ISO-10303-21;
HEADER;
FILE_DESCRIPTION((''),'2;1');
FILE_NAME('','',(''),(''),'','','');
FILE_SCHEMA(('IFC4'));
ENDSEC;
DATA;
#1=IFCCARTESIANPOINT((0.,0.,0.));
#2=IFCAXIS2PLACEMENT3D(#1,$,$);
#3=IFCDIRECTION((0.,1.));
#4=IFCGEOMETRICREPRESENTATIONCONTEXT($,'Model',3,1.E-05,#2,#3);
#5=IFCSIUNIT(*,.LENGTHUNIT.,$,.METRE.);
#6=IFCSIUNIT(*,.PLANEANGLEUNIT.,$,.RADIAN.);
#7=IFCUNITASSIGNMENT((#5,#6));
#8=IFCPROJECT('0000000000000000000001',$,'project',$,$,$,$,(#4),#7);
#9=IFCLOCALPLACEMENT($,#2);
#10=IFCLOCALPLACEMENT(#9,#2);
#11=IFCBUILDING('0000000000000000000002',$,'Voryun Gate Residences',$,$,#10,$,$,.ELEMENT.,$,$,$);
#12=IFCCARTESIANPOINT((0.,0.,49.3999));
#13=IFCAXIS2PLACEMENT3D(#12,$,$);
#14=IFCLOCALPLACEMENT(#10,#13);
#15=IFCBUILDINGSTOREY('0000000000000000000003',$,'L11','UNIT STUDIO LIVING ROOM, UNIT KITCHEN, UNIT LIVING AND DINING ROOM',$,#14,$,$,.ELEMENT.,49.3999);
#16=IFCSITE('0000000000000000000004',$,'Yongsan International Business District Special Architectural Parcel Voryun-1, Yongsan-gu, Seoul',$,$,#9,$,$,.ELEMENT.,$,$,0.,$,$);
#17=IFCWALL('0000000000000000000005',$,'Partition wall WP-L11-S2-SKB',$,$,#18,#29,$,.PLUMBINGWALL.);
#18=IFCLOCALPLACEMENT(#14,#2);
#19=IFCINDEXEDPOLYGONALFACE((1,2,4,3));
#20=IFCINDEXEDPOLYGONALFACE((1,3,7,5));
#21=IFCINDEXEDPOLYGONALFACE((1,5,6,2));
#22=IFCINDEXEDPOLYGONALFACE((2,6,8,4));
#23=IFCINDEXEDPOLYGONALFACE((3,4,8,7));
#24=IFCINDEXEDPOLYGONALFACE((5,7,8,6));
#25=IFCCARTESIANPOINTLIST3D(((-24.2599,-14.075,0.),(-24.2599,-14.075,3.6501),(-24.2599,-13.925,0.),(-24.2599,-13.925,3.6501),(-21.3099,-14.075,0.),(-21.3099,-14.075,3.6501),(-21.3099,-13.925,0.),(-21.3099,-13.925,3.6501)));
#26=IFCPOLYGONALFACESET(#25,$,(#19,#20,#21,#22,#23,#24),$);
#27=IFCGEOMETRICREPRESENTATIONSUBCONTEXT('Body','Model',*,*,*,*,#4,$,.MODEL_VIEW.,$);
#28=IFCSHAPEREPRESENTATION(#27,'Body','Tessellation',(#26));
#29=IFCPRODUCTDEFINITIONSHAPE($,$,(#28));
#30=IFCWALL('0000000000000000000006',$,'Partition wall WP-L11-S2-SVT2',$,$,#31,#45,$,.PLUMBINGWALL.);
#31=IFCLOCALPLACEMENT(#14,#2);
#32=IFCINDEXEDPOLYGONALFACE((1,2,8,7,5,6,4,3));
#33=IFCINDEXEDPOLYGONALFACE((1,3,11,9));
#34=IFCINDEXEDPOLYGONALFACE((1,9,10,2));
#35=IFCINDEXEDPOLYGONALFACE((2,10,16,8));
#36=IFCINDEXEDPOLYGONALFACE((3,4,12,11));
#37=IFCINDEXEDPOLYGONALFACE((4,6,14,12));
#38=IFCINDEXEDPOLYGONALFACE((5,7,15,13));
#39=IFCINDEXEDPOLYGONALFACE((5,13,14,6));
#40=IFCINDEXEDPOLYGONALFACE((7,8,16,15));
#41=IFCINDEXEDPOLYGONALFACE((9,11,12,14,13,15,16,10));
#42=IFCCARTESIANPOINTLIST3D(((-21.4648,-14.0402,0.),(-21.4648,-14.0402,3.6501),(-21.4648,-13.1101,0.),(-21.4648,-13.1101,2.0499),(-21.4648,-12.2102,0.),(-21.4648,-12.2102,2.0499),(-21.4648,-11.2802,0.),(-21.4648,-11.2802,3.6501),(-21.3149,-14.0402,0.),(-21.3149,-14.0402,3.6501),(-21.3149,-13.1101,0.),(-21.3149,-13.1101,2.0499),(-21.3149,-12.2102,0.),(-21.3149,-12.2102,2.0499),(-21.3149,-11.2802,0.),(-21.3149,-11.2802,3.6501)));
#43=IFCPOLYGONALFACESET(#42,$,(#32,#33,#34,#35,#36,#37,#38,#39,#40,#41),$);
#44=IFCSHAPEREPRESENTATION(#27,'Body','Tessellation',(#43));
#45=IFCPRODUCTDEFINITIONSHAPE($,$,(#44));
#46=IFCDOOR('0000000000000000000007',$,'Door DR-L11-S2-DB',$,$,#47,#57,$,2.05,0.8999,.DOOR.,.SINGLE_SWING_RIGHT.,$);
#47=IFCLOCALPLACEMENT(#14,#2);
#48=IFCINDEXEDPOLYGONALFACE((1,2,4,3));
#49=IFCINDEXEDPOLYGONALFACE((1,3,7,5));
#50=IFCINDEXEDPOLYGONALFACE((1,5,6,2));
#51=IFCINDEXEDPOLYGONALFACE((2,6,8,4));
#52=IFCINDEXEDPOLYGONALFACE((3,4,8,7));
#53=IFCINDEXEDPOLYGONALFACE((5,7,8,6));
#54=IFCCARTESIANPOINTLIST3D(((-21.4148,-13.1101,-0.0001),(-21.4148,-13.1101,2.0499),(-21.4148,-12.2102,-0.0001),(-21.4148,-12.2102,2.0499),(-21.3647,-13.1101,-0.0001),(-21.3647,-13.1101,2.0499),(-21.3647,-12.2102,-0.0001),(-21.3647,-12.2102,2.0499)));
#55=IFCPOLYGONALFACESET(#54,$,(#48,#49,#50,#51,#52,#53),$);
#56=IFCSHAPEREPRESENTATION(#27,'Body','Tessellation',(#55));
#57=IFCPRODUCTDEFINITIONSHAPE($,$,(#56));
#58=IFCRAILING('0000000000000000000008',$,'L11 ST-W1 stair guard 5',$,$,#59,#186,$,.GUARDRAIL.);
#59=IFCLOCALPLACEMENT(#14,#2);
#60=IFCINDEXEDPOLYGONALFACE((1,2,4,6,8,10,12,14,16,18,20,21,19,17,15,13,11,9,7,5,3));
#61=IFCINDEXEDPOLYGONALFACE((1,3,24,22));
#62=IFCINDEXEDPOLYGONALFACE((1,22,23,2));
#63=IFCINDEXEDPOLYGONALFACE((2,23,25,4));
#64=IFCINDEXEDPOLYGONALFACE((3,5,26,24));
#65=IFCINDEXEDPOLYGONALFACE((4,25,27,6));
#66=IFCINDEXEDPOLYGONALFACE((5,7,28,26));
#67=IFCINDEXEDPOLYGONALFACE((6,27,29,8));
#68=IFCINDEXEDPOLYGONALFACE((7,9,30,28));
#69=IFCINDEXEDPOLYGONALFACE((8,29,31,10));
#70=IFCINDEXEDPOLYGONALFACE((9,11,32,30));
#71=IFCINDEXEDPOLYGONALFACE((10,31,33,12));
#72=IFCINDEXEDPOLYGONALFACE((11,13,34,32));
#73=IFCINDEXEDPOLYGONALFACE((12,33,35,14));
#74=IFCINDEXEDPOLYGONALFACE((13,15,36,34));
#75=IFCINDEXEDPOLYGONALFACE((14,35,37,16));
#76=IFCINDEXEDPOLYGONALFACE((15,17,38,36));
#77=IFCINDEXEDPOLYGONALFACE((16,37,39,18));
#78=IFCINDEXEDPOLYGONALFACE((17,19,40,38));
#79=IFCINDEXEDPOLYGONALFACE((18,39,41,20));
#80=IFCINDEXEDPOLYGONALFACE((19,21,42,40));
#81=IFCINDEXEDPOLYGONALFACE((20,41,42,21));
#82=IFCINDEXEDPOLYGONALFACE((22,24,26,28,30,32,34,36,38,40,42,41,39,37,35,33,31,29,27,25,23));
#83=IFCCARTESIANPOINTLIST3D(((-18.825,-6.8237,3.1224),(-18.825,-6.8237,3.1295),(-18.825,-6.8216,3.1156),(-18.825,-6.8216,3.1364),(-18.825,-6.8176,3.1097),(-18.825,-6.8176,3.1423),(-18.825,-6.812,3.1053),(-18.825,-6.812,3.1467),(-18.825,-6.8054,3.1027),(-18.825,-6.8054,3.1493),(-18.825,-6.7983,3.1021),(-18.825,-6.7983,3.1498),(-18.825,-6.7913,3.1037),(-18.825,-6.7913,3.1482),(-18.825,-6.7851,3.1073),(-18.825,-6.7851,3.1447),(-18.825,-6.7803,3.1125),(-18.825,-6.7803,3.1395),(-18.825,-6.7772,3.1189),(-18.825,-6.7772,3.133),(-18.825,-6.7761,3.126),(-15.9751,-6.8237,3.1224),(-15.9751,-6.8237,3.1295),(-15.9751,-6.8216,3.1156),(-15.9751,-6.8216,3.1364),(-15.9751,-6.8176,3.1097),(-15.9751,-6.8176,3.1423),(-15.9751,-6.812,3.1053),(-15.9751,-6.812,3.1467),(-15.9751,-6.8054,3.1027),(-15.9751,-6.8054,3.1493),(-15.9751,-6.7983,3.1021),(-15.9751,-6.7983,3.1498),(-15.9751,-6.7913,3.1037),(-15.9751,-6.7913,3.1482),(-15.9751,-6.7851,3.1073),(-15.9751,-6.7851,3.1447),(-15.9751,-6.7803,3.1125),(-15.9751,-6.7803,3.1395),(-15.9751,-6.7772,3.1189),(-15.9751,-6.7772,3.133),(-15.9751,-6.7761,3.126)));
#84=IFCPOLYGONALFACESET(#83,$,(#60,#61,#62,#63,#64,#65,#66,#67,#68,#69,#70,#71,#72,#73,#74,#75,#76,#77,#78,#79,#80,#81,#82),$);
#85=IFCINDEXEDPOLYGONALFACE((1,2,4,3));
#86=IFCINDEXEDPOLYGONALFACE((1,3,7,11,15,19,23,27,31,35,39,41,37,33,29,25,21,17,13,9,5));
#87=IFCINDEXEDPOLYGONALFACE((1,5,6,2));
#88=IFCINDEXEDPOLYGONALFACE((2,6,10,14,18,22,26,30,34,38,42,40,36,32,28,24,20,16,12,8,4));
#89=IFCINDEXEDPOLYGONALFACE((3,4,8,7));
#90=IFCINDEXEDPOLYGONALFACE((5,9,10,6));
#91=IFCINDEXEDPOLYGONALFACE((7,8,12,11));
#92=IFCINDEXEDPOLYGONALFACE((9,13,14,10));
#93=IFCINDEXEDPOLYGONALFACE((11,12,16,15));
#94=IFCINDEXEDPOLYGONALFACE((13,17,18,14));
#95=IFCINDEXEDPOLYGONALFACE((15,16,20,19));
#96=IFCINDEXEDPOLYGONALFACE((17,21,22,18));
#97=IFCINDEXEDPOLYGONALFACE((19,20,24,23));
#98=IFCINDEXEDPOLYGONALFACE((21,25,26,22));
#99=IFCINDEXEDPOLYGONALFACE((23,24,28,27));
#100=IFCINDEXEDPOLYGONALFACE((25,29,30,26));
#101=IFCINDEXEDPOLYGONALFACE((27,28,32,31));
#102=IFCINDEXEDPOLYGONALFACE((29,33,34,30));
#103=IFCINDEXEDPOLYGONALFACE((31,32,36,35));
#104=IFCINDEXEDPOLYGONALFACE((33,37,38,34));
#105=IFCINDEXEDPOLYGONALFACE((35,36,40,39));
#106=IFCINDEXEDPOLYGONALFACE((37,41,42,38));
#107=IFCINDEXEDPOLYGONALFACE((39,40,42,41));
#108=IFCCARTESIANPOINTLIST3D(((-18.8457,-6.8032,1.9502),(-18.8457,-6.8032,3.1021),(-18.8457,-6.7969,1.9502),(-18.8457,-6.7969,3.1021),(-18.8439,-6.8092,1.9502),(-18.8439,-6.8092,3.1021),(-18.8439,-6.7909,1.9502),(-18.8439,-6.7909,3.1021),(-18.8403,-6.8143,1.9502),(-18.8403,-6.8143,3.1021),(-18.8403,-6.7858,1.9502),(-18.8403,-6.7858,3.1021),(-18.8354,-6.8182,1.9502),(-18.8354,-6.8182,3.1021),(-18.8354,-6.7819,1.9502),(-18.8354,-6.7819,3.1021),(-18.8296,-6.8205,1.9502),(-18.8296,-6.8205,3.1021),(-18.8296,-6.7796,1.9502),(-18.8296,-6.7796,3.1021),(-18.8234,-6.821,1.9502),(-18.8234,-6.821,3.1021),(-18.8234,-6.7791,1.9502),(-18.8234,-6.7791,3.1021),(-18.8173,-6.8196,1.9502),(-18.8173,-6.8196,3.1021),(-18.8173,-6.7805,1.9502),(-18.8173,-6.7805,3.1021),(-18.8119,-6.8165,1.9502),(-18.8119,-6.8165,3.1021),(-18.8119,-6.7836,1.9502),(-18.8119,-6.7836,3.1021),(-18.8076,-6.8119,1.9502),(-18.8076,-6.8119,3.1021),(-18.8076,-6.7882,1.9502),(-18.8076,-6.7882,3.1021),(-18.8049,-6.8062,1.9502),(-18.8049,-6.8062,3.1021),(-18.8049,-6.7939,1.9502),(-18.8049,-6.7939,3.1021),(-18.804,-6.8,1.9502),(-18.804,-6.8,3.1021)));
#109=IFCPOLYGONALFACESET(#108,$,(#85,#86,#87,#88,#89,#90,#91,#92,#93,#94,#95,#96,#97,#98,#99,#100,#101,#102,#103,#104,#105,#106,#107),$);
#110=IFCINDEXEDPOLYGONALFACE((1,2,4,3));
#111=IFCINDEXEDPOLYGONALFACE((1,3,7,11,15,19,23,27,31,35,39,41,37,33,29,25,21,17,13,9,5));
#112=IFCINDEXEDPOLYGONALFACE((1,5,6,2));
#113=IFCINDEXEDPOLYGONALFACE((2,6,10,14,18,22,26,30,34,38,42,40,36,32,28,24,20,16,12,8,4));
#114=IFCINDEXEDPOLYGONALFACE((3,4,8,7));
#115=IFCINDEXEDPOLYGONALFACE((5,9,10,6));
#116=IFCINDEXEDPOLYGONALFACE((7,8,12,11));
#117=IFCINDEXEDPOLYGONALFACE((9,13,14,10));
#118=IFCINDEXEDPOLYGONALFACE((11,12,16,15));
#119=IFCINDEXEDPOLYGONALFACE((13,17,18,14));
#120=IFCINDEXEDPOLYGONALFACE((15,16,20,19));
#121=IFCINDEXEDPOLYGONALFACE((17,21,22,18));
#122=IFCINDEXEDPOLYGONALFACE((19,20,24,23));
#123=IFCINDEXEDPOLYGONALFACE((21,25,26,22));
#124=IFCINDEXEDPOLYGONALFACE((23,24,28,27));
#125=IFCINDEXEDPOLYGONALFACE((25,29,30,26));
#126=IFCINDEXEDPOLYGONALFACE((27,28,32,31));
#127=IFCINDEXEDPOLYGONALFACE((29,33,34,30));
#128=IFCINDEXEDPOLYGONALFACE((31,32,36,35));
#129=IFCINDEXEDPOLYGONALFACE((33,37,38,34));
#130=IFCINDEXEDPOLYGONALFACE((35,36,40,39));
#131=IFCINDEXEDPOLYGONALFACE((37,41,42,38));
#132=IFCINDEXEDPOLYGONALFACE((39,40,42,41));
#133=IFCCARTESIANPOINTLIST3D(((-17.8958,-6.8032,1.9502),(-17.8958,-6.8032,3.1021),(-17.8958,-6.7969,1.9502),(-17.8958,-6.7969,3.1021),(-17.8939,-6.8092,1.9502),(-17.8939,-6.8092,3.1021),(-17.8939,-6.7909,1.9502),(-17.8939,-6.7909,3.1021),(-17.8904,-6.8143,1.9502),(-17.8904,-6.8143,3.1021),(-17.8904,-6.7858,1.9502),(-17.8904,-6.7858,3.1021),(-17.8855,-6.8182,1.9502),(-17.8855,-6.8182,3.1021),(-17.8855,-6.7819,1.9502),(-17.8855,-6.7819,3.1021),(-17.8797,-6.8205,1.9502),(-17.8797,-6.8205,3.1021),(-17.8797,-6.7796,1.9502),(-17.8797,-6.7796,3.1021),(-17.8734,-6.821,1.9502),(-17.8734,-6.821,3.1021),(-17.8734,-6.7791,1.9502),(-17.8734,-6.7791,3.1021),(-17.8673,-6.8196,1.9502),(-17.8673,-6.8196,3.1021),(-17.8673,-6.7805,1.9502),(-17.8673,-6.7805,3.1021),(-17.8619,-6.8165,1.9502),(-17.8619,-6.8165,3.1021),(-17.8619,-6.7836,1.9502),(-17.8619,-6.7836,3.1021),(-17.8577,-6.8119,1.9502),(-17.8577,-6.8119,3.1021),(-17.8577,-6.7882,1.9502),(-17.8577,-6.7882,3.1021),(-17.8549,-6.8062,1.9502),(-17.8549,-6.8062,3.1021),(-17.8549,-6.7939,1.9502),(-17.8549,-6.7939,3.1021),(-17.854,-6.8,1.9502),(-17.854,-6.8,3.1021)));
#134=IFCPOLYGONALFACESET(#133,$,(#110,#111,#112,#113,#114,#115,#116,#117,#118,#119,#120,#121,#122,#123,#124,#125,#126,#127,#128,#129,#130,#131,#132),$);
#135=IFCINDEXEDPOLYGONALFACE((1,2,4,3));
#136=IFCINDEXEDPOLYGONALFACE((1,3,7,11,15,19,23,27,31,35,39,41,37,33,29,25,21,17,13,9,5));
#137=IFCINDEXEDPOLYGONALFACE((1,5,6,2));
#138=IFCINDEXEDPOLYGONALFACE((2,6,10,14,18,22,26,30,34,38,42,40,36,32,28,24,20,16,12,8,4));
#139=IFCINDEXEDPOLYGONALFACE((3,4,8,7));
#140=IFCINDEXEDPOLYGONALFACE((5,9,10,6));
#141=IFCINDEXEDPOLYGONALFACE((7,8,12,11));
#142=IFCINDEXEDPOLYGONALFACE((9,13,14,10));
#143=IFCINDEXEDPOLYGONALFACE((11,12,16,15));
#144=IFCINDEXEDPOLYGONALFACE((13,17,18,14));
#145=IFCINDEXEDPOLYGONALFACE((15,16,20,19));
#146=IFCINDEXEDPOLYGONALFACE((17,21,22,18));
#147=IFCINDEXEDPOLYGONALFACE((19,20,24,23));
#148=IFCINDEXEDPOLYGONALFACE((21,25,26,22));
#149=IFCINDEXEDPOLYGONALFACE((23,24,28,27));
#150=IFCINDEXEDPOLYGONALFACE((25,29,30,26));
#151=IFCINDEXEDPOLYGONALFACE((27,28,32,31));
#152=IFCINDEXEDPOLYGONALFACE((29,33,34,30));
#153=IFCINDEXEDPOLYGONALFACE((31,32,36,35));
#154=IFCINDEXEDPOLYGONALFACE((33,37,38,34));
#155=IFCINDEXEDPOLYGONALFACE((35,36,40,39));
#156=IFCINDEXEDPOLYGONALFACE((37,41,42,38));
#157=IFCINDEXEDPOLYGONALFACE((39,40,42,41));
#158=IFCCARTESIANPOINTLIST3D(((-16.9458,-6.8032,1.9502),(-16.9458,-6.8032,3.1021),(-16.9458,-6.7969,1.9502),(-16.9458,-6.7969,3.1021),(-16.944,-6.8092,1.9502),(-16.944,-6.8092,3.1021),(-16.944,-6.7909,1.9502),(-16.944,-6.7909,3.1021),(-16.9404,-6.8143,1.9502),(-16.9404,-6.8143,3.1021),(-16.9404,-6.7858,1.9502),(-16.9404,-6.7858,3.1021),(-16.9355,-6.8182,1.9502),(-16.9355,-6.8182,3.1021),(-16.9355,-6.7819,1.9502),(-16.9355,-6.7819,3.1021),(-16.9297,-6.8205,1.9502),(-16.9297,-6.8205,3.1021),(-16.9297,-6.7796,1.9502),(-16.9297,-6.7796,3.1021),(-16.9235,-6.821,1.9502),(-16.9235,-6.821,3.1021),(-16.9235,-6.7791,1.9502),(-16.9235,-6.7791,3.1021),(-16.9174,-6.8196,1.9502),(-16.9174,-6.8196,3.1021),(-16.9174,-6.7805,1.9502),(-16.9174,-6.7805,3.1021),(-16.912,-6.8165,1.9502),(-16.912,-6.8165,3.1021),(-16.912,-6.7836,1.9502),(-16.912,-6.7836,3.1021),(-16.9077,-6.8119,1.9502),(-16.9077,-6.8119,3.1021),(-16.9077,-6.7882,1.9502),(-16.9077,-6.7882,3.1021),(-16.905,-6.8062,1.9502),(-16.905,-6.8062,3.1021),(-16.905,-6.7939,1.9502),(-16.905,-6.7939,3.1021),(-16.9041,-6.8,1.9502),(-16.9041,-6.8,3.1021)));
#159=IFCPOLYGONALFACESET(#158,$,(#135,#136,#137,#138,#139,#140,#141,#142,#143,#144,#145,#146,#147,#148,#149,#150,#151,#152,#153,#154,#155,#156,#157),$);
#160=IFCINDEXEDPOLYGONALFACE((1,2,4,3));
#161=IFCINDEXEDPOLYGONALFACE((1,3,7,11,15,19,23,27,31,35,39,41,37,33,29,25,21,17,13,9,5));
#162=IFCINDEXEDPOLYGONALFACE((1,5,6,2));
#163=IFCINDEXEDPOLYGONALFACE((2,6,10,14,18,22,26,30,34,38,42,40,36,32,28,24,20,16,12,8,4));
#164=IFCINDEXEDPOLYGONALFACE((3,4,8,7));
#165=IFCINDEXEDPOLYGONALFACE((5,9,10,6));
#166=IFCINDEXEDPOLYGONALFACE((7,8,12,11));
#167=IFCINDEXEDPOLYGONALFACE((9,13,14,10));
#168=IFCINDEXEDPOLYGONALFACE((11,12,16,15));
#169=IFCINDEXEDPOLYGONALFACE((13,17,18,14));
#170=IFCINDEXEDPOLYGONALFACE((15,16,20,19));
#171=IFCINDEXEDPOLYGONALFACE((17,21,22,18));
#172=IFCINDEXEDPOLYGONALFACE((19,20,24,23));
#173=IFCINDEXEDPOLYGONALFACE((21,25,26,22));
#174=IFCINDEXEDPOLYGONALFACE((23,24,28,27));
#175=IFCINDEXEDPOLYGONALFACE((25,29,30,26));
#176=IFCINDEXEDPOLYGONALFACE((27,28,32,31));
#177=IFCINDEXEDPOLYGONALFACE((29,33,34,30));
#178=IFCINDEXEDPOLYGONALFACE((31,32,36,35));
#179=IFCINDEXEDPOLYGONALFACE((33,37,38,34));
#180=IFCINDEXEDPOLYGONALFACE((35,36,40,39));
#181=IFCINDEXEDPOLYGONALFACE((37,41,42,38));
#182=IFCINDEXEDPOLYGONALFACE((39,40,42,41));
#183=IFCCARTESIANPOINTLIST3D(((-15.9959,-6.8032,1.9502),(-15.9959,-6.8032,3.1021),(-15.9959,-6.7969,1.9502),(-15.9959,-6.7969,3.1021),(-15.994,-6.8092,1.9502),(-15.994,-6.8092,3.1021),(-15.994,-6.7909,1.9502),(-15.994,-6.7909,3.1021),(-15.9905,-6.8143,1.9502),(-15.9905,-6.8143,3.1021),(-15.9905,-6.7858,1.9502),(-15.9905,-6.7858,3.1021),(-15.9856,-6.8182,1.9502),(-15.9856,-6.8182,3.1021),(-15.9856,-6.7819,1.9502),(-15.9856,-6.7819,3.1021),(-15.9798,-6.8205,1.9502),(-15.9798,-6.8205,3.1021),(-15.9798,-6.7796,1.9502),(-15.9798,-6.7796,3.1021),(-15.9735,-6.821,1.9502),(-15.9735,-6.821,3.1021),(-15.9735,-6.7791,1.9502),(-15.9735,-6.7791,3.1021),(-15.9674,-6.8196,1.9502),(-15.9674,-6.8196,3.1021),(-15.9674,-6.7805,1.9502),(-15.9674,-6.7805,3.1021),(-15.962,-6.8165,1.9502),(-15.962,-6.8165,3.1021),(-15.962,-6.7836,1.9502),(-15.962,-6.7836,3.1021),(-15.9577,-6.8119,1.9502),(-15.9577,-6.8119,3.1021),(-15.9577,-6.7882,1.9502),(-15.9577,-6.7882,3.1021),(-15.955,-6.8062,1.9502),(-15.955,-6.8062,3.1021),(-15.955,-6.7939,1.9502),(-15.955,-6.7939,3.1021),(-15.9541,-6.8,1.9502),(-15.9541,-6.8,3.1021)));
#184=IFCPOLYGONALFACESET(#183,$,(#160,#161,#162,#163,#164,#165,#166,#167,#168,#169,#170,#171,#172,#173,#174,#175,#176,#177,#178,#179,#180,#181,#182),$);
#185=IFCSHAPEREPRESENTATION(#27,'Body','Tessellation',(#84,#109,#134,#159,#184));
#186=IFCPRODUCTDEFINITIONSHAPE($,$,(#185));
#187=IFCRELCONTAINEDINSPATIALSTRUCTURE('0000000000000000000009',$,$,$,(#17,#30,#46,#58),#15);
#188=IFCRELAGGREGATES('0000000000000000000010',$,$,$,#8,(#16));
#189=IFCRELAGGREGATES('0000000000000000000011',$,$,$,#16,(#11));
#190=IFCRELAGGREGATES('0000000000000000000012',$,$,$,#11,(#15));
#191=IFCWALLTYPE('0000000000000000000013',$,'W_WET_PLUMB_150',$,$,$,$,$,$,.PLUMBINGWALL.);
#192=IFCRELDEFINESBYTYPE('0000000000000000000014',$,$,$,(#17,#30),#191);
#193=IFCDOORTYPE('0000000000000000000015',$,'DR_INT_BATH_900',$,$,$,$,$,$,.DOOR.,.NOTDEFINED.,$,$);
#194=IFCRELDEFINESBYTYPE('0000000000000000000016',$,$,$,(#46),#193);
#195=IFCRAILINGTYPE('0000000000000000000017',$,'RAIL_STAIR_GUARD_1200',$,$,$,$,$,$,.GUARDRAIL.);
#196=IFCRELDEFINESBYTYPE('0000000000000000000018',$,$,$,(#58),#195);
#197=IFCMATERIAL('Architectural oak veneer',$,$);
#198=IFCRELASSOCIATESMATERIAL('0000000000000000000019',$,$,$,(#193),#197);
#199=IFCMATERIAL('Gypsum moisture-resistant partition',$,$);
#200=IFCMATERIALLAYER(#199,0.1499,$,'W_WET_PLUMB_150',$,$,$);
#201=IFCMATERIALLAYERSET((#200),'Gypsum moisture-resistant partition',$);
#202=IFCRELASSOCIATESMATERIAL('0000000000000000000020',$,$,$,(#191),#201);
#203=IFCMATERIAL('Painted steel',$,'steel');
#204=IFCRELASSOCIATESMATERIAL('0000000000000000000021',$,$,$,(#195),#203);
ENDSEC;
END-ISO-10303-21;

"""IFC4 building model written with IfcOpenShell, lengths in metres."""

from ifc_helpers import new_model, si_unit, direction, frame, frame_2d, origin, origin_2d, place, context, subcontext, project, spatial, rectangle, circle, extrude, material, layer, layer_set, type_object, element, fill, save


model = new_model("IFC4")

# Units and contexts
model_context = context("Model", 3, precision=1e-05, world=origin(), true_north=direction((0.0, 1.0)))
body_context = subcontext(model_context, "Body", "Model", "MODEL_VIEW")
ifc_project = project(units=[si_unit("LENGTHUNIT", "METRE"), si_unit("PLANEANGLEUNIT", "RADIAN")], contexts=[model_context])

# Site, building, storey
site_placement = place(None, origin())
site = spatial("IfcSite", under=ifc_project, at=site_placement, Name="Yongsan International Business District Special Architectural Parcel Voryun-1, Yongsan-gu, Seoul", CompositionType="ELEMENT", RefElevation=0.0)
building_placement = place(site_placement, origin())
building = spatial("IfcBuilding", under=site, at=building_placement, Name="Voryun Gate Residences", CompositionType="ELEMENT")
storey_placement = place(building_placement, frame((0.0, 0.0, 49.3999)))
storey = spatial("IfcBuildingStorey", under=building, at=storey_placement, Name="L11", Description="UNIT STUDIO LIVING ROOM, UNIT KITCHEN, UNIT LIVING AND DINING ROOM", CompositionType="ELEMENT", Elevation=49.3999)

# Shared definitions
ifc_material_1 = material(Name="Architectural oak veneer")
door_type_1 = type_object("IfcDoorType", Name="DR_INT_BATH_900", OperationType="NOTDEFINED", PredefinedType="DOOR", material=ifc_material_1)

# Wall
ifc_material_2 = material(Name="Gypsum moisture-resistant partition")
ifc_layer_1 = layer(ifc_material_2, 0.1499, Name="W_WET_PLUMB_150")
ifc_layer_set_1 = layer_set([ifc_layer_1], Name="Gypsum moisture-resistant partition")
wall_type_1 = type_object("IfcWallType", Name="W_WET_PLUMB_150", PredefinedType="PLUMBINGWALL", material=ifc_layer_set_1)
wall_1_placement = place(storey_placement, frame((-24.26, -14.0, 0.0), z_axis=(0.0, 0.0, 1.0), x_axis=(1.0, 0.0, 0.0)))
element("IfcWall", 1, at=wall_1_placement, inside=storey, type_object=wall_type_1, Name="Partition wall WP-L11-S2-SKB", PredefinedType="PLUMBINGWALL", context=body_context, shape_type="SweptSolid", body=[
    extrude(rectangle(XDim=2.95, YDim=0.1499, at=frame_2d((1.4751, 0.0))), origin(), (0.0, 0.0, 1.0), 3.6501),
])

# Wall, opening, door
wall_2_placement = place(storey_placement, frame((-21.3899, -14.04, 0.0), z_axis=(0.0, 0.0, 1.0), x_axis=(0.0, 1.0, 0.0)))
wall_2 = element("IfcWall", 2, at=wall_2_placement, inside=storey, type_object=wall_type_1, Name="Partition wall WP-L11-S2-SVT2", PredefinedType="PLUMBINGWALL", context=body_context, shape_type="SweptSolid", body=[
    extrude(rectangle(XDim=2.76, YDim=0.1499, at=frame_2d((1.3799, 0.0))), origin(), (0.0, 0.0, 1.0), 3.6501),
])
opening_1_placement = place(wall_2_placement, frame((0.9299, 0.0, 0.0)))
opening_1 = element("IfcOpeningElement", 3, at=opening_1_placement, cuts=wall_2, PredefinedType="OPENING", context=body_context, shape_type="SweptSolid", body=[
    extrude(rectangle(XDim=0.8999, YDim=2.05, at=frame_2d((0.45, 1.0249))), frame((0.0, 0.085, 0.0), z_axis=(0.0, -1.0, 0.0), x_axis=(1.0, 0.0, 0.0)), (0.0, 0.0, 1.0), 0.1699),
])
door_1_placement = place(opening_1_placement, origin())
door_1 = element("IfcDoor", 4, at=door_1_placement, inside=storey, type_object=door_type_1, Name="Door DR-L11-S2-DB", OperationType="SINGLE_SWING_RIGHT", OverallHeight=2.05, OverallWidth=0.8999, PredefinedType="DOOR", context=body_context, shape_type="SweptSolid", body=[
    extrude(rectangle(XDim=0.8999, YDim=2.05, at=frame_2d((0.45, 1.0249))), frame((0.0, 0.0249, 0.0), z_axis=(0.0, -1.0, 0.0), x_axis=(1.0, 0.0, 0.0)), (0.0, 0.0, 1.0), 0.05),
])
fill(opening_1, door_1)

# Railing
ifc_material_3 = material(Name="Painted steel", Category="steel")
railing_type = type_object("IfcRailingType", Name="RAIL_STAIR_GUARD_1200", PredefinedType="GUARDRAIL", material=ifc_material_3)
railing_1_placement = place(storey_placement, frame((-18.825, -6.8, 1.9502)))
element("IfcRailing", 5, at=railing_1_placement, inside=storey, type_object=railing_type, Name="L11 ST-W1 stair guard 5", PredefinedType="GUARDRAIL", context=body_context, shape_type="SweptSolid", body=[
    extrude(circle(Radius=0.0239, at=origin_2d()), frame((0.0, 0.0, 1.1758), z_axis=(1.0, 0.0, 0.0), x_axis=(0.0, 1.0, 0.0)), (0.0, 0.0, 1.0), 2.8499),
    extrude(circle(Radius=0.021, at=origin_2d()), origin(), (0.0, 0.0, 1.0), 1.1519),
    extrude(circle(Radius=0.021, at=origin_2d()), frame((0.95, 0.0, 0.0)), (0.0, 0.0, 1.0), 1.1519),
    extrude(circle(Radius=0.021, at=origin_2d()), frame((1.8999, 0.0, 0.0)), (0.0, 0.0, 1.0), 1.1519),
    extrude(circle(Radius=0.021, at=origin_2d()), frame((2.8499, 0.0, 0.0)), (0.0, 0.0, 1.0), 1.1519),
])

save(model, "model.ifc")
